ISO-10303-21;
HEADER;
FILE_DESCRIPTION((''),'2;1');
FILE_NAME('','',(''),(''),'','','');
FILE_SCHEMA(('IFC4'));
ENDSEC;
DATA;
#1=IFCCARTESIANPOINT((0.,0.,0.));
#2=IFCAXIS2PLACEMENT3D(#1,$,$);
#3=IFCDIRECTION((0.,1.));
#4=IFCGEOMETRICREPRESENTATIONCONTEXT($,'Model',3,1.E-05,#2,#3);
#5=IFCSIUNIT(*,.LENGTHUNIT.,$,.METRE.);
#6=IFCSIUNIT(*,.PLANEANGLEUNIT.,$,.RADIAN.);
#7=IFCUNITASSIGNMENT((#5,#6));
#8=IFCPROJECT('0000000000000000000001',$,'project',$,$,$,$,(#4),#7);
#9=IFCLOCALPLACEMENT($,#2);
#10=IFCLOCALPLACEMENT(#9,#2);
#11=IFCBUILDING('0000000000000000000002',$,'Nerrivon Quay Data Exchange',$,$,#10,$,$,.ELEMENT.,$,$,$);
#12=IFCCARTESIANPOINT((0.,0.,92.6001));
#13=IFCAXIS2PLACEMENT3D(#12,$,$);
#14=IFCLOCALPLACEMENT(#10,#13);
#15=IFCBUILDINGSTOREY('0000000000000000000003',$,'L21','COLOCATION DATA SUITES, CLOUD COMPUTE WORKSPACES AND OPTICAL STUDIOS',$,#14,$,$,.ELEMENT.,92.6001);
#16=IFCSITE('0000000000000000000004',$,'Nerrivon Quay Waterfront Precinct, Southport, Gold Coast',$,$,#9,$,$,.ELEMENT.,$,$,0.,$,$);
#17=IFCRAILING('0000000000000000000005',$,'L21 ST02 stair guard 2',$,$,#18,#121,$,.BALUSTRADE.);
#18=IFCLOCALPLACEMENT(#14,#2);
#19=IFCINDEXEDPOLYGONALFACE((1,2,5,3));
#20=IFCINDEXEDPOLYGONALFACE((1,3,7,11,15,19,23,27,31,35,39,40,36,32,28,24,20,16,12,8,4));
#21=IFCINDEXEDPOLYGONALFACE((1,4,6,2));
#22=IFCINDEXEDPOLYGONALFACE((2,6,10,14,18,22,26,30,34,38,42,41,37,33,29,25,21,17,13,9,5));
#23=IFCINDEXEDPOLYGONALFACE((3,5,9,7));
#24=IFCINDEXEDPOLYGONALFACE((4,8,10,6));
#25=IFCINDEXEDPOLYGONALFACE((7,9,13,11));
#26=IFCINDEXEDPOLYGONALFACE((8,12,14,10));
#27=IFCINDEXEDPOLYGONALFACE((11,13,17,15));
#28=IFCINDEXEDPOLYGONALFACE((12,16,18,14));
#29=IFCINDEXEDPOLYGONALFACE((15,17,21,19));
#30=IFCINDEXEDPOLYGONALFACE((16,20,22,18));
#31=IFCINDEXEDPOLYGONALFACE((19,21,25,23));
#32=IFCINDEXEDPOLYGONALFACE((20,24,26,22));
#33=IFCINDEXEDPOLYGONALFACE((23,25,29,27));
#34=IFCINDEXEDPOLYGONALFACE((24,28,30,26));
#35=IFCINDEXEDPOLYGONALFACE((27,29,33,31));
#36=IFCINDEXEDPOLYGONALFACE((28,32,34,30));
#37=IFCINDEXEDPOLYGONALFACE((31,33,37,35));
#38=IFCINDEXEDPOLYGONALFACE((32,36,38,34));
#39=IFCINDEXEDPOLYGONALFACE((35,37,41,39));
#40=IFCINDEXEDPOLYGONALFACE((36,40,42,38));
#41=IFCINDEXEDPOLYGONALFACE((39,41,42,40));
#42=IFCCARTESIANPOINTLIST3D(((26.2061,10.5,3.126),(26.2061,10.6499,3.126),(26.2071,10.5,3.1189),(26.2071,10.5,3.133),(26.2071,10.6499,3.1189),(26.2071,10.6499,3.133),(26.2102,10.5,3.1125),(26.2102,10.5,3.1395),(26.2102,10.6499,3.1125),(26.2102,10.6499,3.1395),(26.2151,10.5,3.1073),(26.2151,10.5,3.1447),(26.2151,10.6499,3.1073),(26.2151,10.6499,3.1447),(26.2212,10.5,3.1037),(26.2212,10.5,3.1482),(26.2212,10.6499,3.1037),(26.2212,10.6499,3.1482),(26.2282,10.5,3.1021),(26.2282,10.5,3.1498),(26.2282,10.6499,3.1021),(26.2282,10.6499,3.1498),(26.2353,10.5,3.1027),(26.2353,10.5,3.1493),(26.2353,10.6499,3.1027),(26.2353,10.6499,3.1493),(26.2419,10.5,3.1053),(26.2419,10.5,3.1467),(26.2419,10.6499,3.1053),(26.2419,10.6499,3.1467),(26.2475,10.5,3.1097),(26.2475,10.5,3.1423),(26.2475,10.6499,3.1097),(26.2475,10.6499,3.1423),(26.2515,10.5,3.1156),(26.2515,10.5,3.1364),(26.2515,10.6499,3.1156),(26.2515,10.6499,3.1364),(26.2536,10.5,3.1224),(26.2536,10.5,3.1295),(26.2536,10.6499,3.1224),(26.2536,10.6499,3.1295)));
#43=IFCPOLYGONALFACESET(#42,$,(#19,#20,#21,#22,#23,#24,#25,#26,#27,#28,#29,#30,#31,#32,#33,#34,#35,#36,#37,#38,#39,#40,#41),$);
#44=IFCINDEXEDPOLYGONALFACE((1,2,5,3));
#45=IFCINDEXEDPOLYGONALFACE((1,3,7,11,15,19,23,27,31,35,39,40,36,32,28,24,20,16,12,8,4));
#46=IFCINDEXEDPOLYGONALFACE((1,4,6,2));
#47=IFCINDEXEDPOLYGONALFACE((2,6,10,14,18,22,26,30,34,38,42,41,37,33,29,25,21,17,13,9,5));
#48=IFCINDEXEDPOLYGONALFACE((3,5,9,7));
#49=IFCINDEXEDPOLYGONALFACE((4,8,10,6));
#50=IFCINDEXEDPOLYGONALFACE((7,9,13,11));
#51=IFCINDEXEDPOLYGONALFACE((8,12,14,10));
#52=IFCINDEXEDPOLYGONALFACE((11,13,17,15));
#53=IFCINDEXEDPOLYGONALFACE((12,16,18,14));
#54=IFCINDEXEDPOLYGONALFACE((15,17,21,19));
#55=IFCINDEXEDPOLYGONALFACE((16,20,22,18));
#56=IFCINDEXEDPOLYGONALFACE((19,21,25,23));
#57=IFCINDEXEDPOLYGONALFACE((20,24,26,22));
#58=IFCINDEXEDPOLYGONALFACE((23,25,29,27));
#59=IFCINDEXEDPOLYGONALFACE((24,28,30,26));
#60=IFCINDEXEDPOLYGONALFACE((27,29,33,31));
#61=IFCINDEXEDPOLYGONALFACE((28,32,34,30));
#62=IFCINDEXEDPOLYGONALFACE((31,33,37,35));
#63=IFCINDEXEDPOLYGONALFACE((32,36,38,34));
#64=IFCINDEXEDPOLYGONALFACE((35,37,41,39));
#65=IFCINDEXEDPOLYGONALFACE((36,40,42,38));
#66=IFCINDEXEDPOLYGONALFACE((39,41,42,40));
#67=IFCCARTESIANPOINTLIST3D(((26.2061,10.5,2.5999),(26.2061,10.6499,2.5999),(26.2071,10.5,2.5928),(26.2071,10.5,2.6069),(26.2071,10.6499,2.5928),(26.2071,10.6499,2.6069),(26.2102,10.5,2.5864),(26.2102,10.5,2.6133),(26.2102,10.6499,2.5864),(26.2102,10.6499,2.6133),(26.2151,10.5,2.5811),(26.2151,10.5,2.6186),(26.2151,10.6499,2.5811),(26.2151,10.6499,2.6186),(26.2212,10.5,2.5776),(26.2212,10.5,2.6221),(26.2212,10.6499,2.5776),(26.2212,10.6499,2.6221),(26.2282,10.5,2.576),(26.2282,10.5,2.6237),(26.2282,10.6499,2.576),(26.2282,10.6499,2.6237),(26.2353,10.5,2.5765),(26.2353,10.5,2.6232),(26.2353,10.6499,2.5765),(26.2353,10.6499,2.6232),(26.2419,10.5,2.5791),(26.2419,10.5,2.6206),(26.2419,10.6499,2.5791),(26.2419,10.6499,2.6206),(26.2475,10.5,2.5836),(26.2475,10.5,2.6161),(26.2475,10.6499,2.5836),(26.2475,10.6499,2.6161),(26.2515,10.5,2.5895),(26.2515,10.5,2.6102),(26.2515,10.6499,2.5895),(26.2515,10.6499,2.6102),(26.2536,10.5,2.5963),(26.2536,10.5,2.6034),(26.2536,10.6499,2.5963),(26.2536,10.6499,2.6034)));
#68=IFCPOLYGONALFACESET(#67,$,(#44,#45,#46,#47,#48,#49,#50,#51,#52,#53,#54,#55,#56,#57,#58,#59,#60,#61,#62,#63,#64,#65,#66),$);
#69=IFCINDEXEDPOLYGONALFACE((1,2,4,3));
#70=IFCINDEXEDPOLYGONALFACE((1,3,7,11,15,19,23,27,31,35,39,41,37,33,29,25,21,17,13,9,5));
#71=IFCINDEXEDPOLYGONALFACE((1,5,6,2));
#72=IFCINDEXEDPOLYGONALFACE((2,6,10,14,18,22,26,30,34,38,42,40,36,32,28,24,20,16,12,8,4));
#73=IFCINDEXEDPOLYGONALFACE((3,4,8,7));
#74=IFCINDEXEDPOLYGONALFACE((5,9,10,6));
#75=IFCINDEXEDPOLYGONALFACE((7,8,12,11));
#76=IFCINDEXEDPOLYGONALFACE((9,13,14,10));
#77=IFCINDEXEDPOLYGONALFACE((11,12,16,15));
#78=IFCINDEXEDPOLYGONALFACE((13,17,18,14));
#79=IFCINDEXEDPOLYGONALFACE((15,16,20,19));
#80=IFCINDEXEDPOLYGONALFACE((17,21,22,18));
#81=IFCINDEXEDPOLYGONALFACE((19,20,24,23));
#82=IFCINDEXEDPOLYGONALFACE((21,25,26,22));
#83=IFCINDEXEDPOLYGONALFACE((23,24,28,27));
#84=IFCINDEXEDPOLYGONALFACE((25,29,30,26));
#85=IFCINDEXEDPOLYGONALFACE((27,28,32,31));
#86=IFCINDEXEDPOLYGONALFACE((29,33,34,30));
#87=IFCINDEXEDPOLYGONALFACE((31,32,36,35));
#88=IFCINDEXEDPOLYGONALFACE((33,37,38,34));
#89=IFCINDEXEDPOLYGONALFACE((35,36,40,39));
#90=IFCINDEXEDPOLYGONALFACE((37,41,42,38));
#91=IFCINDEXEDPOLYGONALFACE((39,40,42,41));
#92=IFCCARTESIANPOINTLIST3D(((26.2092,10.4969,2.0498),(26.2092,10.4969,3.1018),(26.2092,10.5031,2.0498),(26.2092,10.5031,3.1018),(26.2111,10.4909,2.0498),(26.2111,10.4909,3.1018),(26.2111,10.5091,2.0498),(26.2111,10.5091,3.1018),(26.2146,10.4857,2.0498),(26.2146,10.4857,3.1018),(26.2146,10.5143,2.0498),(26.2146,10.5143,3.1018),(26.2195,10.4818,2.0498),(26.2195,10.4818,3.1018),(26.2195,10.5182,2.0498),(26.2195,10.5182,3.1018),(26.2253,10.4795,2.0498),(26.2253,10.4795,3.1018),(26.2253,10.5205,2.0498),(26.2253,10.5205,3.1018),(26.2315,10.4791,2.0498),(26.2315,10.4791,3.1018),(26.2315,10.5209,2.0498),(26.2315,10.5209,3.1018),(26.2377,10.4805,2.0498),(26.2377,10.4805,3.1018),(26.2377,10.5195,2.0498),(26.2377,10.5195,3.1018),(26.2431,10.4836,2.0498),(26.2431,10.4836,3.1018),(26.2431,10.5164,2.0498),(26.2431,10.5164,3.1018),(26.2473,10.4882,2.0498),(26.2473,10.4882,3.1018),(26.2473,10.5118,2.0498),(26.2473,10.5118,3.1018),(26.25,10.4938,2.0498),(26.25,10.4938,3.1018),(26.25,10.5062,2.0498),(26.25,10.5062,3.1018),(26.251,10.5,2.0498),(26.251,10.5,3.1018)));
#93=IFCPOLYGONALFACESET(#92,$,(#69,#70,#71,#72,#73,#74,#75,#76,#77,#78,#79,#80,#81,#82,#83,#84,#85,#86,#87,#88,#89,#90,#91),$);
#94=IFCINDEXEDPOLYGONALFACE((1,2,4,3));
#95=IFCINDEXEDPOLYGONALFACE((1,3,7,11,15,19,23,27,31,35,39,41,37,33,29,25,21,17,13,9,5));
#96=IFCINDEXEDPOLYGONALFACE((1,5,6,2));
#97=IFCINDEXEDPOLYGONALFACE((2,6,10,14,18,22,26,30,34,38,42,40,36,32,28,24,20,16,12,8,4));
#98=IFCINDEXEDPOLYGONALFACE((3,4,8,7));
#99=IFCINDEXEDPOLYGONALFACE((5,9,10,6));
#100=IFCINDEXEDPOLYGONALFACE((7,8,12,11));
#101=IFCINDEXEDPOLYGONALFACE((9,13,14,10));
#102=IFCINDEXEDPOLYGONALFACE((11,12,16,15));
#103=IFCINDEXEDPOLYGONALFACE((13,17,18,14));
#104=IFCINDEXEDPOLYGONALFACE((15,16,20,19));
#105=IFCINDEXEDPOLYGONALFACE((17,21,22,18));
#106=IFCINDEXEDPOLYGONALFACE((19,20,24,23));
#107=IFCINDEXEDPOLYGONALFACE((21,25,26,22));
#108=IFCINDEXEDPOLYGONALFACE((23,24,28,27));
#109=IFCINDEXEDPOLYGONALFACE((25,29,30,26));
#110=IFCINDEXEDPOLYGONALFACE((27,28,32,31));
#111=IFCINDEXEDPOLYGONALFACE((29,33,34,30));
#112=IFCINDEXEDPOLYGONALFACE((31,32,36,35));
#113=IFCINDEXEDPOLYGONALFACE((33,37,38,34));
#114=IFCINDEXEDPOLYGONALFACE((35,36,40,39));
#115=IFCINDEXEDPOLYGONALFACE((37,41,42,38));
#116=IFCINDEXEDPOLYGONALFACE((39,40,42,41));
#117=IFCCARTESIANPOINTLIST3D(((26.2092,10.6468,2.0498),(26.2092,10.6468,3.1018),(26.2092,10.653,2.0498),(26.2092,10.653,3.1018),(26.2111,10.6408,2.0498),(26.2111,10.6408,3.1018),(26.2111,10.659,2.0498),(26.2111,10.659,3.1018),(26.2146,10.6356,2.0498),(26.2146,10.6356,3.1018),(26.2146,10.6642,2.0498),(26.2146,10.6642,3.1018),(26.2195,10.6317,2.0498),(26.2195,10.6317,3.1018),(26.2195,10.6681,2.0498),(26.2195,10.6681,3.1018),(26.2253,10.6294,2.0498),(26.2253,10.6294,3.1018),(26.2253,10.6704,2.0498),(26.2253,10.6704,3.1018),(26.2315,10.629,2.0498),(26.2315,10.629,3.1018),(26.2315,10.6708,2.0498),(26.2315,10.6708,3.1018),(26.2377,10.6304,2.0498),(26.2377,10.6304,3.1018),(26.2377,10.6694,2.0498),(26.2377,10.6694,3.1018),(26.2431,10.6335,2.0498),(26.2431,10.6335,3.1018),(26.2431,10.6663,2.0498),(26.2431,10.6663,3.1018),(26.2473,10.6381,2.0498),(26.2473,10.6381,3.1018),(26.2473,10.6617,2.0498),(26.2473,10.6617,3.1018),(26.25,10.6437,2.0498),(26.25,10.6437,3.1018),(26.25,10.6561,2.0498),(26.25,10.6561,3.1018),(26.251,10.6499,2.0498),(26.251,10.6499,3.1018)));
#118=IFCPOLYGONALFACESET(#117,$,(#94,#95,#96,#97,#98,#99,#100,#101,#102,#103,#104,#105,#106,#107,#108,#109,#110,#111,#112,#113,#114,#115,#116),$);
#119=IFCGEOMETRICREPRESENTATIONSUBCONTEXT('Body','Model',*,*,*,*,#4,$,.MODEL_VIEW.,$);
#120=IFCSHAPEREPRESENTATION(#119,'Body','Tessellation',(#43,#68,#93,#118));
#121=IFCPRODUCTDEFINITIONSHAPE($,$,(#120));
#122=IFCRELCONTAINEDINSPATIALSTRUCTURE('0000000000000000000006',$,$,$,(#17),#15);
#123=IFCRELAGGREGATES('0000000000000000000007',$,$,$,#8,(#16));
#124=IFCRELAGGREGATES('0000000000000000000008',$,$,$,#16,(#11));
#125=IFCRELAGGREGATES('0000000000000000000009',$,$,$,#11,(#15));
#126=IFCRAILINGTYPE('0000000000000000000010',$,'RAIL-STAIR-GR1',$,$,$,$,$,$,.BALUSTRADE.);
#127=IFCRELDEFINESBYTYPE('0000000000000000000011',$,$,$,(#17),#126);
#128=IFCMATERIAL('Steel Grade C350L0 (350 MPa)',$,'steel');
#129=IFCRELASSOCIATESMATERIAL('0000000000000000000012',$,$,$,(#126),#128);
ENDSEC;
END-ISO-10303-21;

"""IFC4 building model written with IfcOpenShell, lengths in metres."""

from ifc_helpers import new_model, si_unit, direction, frame, origin, origin_2d, place, context, subcontext, project, spatial, circle, extrude, material, type_object, element, save


model = new_model("IFC4")

# Units and contexts
model_context = context("Model", 3, precision=1e-05, world=origin(), true_north=direction((0.0, 1.0)))
body_context = subcontext(model_context, "Body", "Model", "MODEL_VIEW")
ifc_project = project(units=[si_unit("LENGTHUNIT", "METRE"), si_unit("PLANEANGLEUNIT", "RADIAN")], contexts=[model_context])

# Site, building, storey
site_placement = place(None, origin())
site = spatial("IfcSite", under=ifc_project, at=site_placement, Name="Nerrivon Quay Waterfront Precinct, Southport, Gold Coast", CompositionType="ELEMENT", RefElevation=0.0)
building_placement = place(site_placement, origin())
building = spatial("IfcBuilding", under=site, at=building_placement, Name="Nerrivon Quay Data Exchange", CompositionType="ELEMENT")
storey_placement = place(building_placement, frame((0.0, 0.0, 92.6001)))
storey = spatial("IfcBuildingStorey", under=building, at=storey_placement, Name="L21", Description="COLOCATION DATA SUITES, CLOUD COMPUTE WORKSPACES AND OPTICAL STUDIOS", CompositionType="ELEMENT", Elevation=92.6001)

# Railing
ifc_material_1 = material(Name="Steel Grade C350L0 (350 MPa)", Category="steel")
railing_type_1 = type_object("IfcRailingType", Name="RAIL-STAIR-GR1", PredefinedType="BALUSTRADE", material=ifc_material_1)
railing_1_placement = place(storey_placement, frame((26.23, 10.5, 2.0498)))
element("IfcRailing", 1, at=railing_1_placement, inside=storey, type_object=railing_type_1, Name="L21 ST02 stair guard 2", PredefinedType="BALUSTRADE", context=body_context, shape_type="SweptSolid", body=[
    extrude(circle(Radius=0.0239, at=origin_2d()), frame((0.0, 0.0, 1.0762), z_axis=(0.0, 1.0, 0.0), x_axis=(-1.0, 0.0, 0.0)), (0.0, 0.0, 1.0), 0.1499),
    extrude(circle(Radius=0.0239, at=origin_2d()), frame((0.0, 0.0, 0.55), z_axis=(0.0, 1.0, 0.0), x_axis=(-1.0, 0.0, 0.0)), (0.0, 0.0, 1.0), 0.1499),
    extrude(circle(Radius=0.021, at=origin_2d()), origin(), (0.0, 0.0, 1.0), 1.052),
    extrude(circle(Radius=0.021, at=origin_2d()), frame((0.0, 0.1499, 0.0)), (0.0, 0.0, 1.0), 1.052),
])

save(model, "model.ifc")
